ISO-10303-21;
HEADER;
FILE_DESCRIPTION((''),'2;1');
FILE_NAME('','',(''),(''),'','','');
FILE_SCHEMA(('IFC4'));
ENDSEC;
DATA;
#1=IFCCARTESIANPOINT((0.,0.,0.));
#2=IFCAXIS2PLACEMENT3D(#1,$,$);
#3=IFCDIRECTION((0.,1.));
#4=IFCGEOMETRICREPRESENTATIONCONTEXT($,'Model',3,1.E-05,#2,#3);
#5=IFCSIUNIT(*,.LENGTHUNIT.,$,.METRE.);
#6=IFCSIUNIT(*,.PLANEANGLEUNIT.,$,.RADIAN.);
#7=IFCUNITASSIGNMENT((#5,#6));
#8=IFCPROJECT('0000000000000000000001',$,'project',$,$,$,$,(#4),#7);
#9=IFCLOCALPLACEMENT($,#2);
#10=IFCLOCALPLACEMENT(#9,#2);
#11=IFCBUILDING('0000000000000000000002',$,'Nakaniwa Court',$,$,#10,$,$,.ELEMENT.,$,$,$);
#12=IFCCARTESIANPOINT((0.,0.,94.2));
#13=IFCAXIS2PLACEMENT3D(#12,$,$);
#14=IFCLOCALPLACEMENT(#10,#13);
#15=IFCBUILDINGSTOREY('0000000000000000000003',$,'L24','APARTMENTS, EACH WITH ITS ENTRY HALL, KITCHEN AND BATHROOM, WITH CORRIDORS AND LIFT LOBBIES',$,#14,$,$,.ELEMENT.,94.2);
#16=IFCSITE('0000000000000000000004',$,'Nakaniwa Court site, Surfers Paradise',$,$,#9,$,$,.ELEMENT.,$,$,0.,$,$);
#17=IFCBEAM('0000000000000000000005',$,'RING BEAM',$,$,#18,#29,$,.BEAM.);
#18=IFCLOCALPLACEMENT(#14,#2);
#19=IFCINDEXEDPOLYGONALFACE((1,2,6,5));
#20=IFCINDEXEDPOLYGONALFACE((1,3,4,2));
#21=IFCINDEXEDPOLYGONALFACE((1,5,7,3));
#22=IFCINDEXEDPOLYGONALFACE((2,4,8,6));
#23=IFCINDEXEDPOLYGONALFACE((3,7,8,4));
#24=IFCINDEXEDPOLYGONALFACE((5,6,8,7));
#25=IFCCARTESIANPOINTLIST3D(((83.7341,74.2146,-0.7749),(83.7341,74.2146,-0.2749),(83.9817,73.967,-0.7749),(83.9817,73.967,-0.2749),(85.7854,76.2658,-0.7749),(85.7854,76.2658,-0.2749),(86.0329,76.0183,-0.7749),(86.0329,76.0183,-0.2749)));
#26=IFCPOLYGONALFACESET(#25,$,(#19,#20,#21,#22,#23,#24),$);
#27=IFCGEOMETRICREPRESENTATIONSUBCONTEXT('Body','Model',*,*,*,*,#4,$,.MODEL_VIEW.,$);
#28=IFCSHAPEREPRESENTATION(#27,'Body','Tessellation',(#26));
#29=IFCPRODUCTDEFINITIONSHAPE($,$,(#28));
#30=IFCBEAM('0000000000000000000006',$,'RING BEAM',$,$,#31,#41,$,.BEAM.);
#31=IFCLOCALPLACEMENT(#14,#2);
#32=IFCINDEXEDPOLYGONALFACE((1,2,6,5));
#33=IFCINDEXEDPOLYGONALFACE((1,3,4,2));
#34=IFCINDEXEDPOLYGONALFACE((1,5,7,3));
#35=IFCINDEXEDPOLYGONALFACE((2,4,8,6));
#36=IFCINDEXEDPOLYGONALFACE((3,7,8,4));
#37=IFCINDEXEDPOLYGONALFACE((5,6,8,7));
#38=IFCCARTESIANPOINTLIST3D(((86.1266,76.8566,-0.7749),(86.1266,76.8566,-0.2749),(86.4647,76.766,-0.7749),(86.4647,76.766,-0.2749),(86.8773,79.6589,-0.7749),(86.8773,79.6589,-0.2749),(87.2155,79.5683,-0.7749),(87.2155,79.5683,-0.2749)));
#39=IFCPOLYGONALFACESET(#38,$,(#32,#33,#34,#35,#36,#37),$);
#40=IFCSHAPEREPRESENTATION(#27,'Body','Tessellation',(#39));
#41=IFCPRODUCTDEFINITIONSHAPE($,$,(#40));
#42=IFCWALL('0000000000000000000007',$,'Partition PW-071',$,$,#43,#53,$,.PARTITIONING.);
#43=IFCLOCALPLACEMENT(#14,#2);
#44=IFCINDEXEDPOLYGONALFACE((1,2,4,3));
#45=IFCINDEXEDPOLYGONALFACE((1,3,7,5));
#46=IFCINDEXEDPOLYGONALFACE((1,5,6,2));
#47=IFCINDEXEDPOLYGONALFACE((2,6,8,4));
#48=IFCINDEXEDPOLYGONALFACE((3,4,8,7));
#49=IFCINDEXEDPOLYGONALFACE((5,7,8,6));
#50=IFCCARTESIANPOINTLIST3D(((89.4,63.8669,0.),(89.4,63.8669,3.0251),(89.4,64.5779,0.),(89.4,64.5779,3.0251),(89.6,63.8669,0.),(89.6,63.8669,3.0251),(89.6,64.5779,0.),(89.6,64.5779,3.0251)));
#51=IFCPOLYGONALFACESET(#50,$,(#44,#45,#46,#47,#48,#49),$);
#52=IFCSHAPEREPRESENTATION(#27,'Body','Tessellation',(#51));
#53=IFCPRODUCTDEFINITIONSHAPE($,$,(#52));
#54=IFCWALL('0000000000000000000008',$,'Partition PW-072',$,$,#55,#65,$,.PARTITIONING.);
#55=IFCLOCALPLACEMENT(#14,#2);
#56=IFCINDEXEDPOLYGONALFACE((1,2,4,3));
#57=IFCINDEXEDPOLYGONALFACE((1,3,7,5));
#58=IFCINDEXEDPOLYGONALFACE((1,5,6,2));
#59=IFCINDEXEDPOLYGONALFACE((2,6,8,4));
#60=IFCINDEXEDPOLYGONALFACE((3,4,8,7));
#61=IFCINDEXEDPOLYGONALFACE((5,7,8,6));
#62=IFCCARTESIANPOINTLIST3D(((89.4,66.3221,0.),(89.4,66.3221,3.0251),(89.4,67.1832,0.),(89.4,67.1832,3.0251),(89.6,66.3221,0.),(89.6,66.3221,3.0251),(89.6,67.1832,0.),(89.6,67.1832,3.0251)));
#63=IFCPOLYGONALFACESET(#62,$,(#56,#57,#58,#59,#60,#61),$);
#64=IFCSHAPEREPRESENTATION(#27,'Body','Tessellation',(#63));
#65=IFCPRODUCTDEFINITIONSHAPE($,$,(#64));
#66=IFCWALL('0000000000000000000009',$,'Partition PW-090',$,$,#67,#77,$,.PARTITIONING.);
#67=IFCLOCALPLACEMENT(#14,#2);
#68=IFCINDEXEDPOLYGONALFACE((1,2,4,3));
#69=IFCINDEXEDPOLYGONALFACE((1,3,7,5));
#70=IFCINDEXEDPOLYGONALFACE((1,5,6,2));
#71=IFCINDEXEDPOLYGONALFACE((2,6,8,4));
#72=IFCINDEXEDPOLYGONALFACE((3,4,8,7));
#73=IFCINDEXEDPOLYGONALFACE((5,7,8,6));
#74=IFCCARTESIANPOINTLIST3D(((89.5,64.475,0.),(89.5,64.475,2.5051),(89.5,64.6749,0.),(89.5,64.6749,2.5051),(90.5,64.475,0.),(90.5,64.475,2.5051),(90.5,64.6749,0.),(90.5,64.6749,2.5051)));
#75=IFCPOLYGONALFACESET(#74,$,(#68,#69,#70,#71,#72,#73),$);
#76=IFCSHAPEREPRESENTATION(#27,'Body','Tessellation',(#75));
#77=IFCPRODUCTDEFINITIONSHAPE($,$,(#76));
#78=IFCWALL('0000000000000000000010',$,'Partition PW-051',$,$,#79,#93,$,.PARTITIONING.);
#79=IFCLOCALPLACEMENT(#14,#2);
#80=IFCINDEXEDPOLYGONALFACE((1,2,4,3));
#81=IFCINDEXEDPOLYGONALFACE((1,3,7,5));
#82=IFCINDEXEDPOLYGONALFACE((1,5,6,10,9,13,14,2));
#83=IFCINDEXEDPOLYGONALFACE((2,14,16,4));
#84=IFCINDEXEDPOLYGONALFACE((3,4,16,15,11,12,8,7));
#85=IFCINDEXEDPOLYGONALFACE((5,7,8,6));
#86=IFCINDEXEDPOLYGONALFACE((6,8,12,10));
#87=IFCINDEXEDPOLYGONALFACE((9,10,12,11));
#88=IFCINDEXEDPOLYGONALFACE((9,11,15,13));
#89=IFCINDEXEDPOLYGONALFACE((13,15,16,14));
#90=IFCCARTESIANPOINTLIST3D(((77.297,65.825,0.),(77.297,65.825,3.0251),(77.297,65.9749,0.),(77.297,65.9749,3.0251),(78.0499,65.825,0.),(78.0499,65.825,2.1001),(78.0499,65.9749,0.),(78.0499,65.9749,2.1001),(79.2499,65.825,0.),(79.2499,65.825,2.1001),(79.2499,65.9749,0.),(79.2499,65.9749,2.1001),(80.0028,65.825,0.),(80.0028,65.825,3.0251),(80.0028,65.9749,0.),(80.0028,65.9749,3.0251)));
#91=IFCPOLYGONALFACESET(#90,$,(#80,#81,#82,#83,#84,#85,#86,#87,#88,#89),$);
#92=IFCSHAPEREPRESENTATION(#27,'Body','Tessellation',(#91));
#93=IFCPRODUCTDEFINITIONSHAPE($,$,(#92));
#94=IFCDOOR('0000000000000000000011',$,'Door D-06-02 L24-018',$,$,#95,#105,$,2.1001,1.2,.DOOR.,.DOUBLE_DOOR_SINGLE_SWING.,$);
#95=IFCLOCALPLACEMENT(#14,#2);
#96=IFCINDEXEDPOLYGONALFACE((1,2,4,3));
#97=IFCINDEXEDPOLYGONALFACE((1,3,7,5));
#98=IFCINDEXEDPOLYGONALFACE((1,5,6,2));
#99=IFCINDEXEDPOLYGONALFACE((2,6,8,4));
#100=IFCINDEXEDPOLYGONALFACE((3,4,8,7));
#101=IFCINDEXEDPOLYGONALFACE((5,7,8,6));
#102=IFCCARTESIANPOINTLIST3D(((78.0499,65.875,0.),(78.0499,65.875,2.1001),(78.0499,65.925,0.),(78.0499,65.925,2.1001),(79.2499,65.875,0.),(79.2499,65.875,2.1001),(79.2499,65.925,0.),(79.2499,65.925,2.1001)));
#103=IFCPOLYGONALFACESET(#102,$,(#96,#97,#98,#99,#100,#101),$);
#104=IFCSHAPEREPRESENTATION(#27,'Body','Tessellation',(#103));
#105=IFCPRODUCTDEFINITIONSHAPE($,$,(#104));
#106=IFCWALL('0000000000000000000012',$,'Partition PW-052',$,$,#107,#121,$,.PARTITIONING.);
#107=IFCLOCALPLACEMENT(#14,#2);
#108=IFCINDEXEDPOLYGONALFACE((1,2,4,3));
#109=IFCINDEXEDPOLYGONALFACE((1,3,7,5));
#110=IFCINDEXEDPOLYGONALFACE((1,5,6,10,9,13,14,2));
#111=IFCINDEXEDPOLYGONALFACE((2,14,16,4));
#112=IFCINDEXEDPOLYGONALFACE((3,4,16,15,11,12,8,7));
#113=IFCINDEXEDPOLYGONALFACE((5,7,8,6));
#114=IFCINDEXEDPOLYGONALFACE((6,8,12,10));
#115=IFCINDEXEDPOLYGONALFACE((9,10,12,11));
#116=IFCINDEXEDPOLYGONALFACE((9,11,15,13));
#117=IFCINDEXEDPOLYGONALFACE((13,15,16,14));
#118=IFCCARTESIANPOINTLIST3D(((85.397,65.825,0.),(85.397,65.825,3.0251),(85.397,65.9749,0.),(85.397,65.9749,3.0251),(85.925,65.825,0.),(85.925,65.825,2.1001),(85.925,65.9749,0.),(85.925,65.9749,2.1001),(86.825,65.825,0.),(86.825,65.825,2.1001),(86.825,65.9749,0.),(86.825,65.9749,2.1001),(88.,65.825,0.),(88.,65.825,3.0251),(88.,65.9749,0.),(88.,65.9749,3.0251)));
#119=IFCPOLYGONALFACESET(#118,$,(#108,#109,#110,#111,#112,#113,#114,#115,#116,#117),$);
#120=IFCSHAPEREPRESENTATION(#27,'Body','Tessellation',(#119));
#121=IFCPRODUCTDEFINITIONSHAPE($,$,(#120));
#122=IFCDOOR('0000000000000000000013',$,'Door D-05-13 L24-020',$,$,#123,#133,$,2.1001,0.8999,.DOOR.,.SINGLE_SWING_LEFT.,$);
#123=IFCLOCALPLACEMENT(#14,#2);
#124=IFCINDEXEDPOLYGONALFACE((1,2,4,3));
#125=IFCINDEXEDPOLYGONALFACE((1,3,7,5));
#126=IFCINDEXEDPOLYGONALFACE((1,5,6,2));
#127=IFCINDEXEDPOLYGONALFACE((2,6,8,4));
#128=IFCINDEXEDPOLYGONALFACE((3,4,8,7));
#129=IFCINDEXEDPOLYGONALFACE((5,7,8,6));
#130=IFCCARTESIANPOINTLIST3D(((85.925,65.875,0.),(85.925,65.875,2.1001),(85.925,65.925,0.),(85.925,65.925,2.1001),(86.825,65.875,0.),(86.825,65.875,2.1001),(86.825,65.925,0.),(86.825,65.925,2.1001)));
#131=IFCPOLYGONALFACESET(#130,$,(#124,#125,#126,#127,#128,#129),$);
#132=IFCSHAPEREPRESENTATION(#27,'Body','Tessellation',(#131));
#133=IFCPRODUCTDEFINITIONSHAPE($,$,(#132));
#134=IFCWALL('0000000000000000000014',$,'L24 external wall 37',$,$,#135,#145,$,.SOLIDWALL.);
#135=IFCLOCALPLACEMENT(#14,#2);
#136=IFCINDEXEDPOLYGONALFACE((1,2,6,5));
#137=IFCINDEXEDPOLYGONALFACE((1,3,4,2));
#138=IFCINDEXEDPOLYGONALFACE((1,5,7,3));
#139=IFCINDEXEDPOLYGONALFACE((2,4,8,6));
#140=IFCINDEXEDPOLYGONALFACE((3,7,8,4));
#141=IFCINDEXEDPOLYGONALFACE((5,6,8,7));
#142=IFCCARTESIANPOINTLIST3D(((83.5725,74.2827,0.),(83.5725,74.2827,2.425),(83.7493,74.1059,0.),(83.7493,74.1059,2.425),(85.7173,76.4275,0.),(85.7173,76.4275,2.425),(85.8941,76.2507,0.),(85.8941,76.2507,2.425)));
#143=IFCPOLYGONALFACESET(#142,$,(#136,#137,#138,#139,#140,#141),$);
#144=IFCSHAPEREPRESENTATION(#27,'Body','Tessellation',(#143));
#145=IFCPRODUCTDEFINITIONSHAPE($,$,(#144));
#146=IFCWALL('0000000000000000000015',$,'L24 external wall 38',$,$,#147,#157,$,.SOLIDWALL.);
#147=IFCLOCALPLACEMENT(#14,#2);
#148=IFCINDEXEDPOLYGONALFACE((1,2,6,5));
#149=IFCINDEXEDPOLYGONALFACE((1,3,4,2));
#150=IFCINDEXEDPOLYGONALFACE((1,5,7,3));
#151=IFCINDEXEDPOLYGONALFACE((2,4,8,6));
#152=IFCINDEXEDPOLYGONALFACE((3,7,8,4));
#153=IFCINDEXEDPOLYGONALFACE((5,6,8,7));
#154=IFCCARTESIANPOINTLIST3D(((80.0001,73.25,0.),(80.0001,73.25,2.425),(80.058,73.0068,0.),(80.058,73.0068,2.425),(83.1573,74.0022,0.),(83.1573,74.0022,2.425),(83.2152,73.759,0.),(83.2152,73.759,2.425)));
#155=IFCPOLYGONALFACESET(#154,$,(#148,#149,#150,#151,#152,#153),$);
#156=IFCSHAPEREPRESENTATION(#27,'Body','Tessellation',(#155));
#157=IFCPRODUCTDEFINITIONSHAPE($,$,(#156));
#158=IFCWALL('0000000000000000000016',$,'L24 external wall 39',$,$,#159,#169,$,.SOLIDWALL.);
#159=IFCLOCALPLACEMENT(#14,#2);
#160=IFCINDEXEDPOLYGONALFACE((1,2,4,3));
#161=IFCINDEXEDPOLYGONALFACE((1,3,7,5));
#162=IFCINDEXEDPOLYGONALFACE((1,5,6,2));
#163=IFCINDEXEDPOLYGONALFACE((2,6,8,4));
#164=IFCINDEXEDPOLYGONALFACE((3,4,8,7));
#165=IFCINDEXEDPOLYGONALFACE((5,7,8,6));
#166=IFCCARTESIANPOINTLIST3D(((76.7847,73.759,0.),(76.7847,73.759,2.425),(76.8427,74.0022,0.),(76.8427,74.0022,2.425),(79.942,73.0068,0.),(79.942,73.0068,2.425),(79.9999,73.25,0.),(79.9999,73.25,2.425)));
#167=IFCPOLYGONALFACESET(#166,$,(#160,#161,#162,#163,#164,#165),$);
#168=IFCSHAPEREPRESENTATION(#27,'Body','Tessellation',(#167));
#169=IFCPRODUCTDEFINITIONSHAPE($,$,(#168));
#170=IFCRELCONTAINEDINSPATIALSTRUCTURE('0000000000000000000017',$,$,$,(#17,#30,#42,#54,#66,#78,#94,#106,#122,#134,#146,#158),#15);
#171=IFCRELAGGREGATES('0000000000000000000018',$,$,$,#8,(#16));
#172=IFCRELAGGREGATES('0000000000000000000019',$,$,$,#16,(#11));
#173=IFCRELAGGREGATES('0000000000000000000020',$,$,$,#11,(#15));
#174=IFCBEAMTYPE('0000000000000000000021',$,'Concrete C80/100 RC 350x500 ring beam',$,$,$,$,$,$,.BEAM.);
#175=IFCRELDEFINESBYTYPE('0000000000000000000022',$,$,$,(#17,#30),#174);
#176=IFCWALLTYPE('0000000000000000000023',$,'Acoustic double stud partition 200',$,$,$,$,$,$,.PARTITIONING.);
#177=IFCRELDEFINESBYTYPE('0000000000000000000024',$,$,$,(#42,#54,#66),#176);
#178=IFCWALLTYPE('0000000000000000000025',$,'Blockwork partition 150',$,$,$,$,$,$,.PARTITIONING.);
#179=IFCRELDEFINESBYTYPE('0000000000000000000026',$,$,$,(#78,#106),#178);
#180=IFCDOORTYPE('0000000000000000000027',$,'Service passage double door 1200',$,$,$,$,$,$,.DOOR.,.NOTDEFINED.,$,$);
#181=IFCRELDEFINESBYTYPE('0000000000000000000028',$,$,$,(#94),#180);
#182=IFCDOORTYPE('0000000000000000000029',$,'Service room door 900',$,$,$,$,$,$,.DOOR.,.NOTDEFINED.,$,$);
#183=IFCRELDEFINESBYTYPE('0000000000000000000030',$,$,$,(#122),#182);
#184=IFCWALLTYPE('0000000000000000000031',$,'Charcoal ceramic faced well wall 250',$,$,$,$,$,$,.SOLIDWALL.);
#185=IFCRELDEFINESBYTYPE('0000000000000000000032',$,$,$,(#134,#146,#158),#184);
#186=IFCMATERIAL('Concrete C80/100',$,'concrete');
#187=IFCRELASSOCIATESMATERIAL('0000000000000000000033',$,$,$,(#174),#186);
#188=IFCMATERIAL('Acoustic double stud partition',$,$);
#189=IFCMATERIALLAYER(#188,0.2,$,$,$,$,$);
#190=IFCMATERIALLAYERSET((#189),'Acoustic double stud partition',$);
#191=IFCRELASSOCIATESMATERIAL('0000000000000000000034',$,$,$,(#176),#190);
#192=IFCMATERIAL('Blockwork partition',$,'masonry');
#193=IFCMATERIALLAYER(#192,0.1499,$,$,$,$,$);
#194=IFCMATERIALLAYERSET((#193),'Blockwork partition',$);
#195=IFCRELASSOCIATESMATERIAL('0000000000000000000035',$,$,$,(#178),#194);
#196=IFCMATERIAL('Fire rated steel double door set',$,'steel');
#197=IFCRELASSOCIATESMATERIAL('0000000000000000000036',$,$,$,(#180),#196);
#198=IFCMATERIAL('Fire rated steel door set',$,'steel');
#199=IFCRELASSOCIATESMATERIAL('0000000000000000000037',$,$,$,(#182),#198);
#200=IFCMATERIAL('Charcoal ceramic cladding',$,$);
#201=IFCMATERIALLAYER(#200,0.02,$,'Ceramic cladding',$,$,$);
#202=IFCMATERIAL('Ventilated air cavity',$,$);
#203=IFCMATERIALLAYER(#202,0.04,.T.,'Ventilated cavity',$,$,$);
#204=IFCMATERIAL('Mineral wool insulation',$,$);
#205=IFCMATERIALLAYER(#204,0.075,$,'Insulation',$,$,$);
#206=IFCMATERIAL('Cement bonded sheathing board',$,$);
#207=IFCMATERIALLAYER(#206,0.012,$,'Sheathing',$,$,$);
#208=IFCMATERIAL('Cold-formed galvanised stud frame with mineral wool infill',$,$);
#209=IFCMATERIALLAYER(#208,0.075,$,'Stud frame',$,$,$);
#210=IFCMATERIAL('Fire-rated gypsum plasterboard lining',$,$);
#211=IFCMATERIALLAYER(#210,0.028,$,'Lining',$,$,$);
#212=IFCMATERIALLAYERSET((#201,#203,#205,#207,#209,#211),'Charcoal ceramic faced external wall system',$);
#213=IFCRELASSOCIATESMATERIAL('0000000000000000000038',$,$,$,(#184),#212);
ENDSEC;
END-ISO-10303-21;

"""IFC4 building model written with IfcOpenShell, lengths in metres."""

from ifc_helpers import new_model, si_unit, direction, frame, frame_2d, origin, origin_2d, place, context, subcontext, project, spatial, rectangle, extrude, material, layer, layer_set, material_profile, profile_set, type_object, element, fill, save


model = new_model("IFC4")

# Units and contexts
model_context = context("Model", 3, precision=1e-05, world=origin(), true_north=direction((0.0, 1.0)))
body_context = subcontext(model_context, "Body", "Model", "MODEL_VIEW")
ifc_project = project(units=[si_unit("LENGTHUNIT", "METRE"), si_unit("PLANEANGLEUNIT", "RADIAN")], contexts=[model_context])

# Site, building, storey
site_placement = place(None, origin())
site = spatial("IfcSite", under=ifc_project, at=site_placement, Name="Nakaniwa Court site, Surfers Paradise", CompositionType="ELEMENT", RefElevation=0.0)
building_placement = place(site_placement, origin())
building = spatial("IfcBuilding", under=site, at=building_placement, Name="Nakaniwa Court", CompositionType="ELEMENT")
storey_placement = place(building_placement, frame((0.0, 0.0, 94.2)))
storey = spatial("IfcBuildingStorey", under=building, at=storey_placement, Name="L24", Description="APARTMENTS, EACH WITH ITS ENTRY HALL, KITCHEN AND BATHROOM, WITH CORRIDORS AND LIFT LOBBIES", CompositionType="ELEMENT", Elevation=94.2)

# Shared definitions
ifc_material_1 = material(Name="Concrete C80/100", Category="concrete")

# Beams
ifc_material_profile_1 = material_profile(ifc_material_1, rectangle(XDim=0.3501, YDim=0.5, at=origin_2d()), Name="Concrete C80/100 RC 350x500 ring beam")
ifc_profile_set_1 = profile_set([ifc_material_profile_1], Name="Concrete C80/100")
beam_type = type_object("IfcBeamType", Name="Concrete C80/100 RC 350x500 ring beam", PredefinedType="BEAM", material=ifc_profile_set_1)
beam_1_placement = place(storey_placement, frame((83.8579, 74.0908, -0.5249), z_axis=(0.707107, 0.707107, 0.0), x_axis=(-0.707107, 0.707107, 0.0)))
element("IfcBeam", 1, at=beam_1_placement, inside=storey, type_object=beam_type, Name="RING BEAM", PredefinedType="BEAM", context=body_context, shape_type="SweptSolid", body=[
    extrude(rectangle(XDim=0.3501, YDim=0.5, at=origin_2d()), origin(), (0.0, 0.0, 1.0), 2.9009),
])
beam_2_placement = place(storey_placement, frame((86.2957, 76.8113, -0.5249), z_axis=(0.258778, 0.965937, 0.0), x_axis=(-0.965937, 0.258778, 0.0)))
element("IfcBeam", 2, at=beam_2_placement, inside=storey, type_object=beam_type, Name="RING BEAM", PredefinedType="BEAM", context=body_context, shape_type="SweptSolid", body=[
    extrude(rectangle(XDim=0.3501, YDim=0.5, at=origin_2d()), origin(), (0.0, 0.0, 1.0), 2.9011),
])

# Walls
ifc_material_2 = material(Name="Acoustic double stud partition")
ifc_layer_1 = layer(ifc_material_2, 0.2)
ifc_layer_set_1 = layer_set([ifc_layer_1], Name="Acoustic double stud partition")
wall_type_1 = type_object("IfcWallType", Name="Acoustic double stud partition 200", PredefinedType="PARTITIONING", material=ifc_layer_set_1)
wall_1_placement = place(storey_placement, frame((89.5, 63.8669, 0.0), z_axis=(0.0, 0.0, 1.0), x_axis=(0.0, 1.0, 0.0)))
element("IfcWall", 3, at=wall_1_placement, inside=storey, type_object=wall_type_1, Name="Partition PW-071", PredefinedType="PARTITIONING", context=body_context, shape_type="SweptSolid", body=[
    extrude(rectangle(XDim=0.7109, YDim=0.2, at=frame_2d((0.3555, 0.0))), origin(), (0.0, 0.0, 1.0), 3.0251),
])
wall_2_placement = place(storey_placement, frame((89.5, 66.322, 0.0), z_axis=(0.0, 0.0, 1.0), x_axis=(0.0, 1.0, 0.0)))
element("IfcWall", 4, at=wall_2_placement, inside=storey, type_object=wall_type_1, Name="Partition PW-072", PredefinedType="PARTITIONING", context=body_context, shape_type="SweptSolid", body=[
    extrude(rectangle(XDim=0.8611, YDim=0.2, at=frame_2d((0.4307, 0.0))), origin(), (0.0, 0.0, 1.0), 3.0251),
])
wall_3_placement = place(storey_placement, frame((89.5, 64.575, 0.0), z_axis=(0.0, 0.0, 1.0), x_axis=(1.0, 0.0, 0.0)))
element("IfcWall", 5, at=wall_3_placement, inside=storey, type_object=wall_type_1, Name="Partition PW-090", PredefinedType="PARTITIONING", context=body_context, shape_type="SweptSolid", body=[
    extrude(rectangle(XDim=1.0, YDim=0.2, at=frame_2d((0.5, 0.0))), origin(), (0.0, 0.0, 1.0), 2.5051),
])

# Walls, openings, doors
ifc_material_3 = material(Name="Blockwork partition", Category="masonry")
ifc_layer_2 = layer(ifc_material_3, 0.1499)
ifc_layer_set_2 = layer_set([ifc_layer_2], Name="Blockwork partition")
wall_type_2 = type_object("IfcWallType", Name="Blockwork partition 150", PredefinedType="PARTITIONING", material=ifc_layer_set_2)
wall_4_placement = place(storey_placement, frame((80.0029, 65.8999, 0.0), z_axis=(0.0, 0.0, 1.0), x_axis=(-1.0, 0.0, 0.0)))
wall_4 = element("IfcWall", 6, at=wall_4_placement, inside=storey, type_object=wall_type_2, Name="Partition PW-051", PredefinedType="PARTITIONING", context=body_context, shape_type="SweptSolid", body=[
    extrude(rectangle(XDim=2.7058, YDim=0.1499, at=frame_2d((1.353, 0.0))), origin(), (0.0, 0.0, 1.0), 3.0251),
])
opening_1_placement = place(wall_4_placement, frame((0.7529, 0.0, 0.0)))
opening_1 = element("IfcOpeningElement", 7, at=opening_1_placement, cuts=wall_4, PredefinedType="OPENING", context=body_context, shape_type="SweptSolid", body=[
    extrude(rectangle(XDim=1.2, YDim=2.1001, at=frame_2d((0.6001, 1.05))), frame((0.0, 0.085, 0.0), z_axis=(0.0, -1.0, 0.0), x_axis=(1.0, 0.0, 0.0)), (0.0, 0.0, 1.0), 0.1699),
])
ifc_material_4 = material(Name="Fire rated steel double door set", Category="steel")
door_type_1 = type_object("IfcDoorType", Name="Service passage double door 1200", OperationType="NOTDEFINED", PredefinedType="DOOR", material=ifc_material_4)
door_1_placement = place(opening_1_placement, origin())
door_1 = element("IfcDoor", 8, at=door_1_placement, inside=storey, type_object=door_type_1, Name="Door D-06-02 L24-018", OperationType="DOUBLE_DOOR_SINGLE_SWING", OverallHeight=2.1001, OverallWidth=1.2, PredefinedType="DOOR", context=body_context, shape_type="SweptSolid", body=[
    extrude(rectangle(XDim=1.2, YDim=2.1001, at=frame_2d((0.6001, 1.05))), frame((0.0, 0.0249, 0.0), z_axis=(0.0, -1.0, 0.0), x_axis=(1.0, 0.0, 0.0)), (0.0, 0.0, 1.0), 0.05),
])
fill(opening_1, door_1)
wall_5_placement = place(storey_placement, frame((88.0, 65.8999, 0.0), z_axis=(0.0, 0.0, 1.0), x_axis=(-1.0, 0.0, 0.0)))
wall_5 = element("IfcWall", 9, at=wall_5_placement, inside=storey, type_object=wall_type_2, Name="Partition PW-052", PredefinedType="PARTITIONING", context=body_context, shape_type="SweptSolid", body=[
    extrude(rectangle(XDim=2.603, YDim=0.1499, at=frame_2d((1.3015, 0.0))), origin(), (0.0, 0.0, 1.0), 3.0251),
])
opening_2_placement = place(wall_5_placement, frame((1.175, 0.0, 0.0)))
opening_2 = element("IfcOpeningElement", 10, at=opening_2_placement, cuts=wall_5, PredefinedType="OPENING", context=body_context, shape_type="SweptSolid", body=[
    extrude(rectangle(XDim=0.8999, YDim=2.1001, at=frame_2d((0.45, 1.05))), frame((0.0, 0.085, 0.0), z_axis=(0.0, -1.0, 0.0), x_axis=(1.0, 0.0, 0.0)), (0.0, 0.0, 1.0), 0.1699),
])
ifc_material_5 = material(Name="Fire rated steel door set", Category="steel")
door_type_2 = type_object("IfcDoorType", Name="Service room door 900", OperationType="NOTDEFINED", PredefinedType="DOOR", material=ifc_material_5)
door_2_placement = place(opening_2_placement, origin())
door_2 = element("IfcDoor", 11, at=door_2_placement, inside=storey, type_object=door_type_2, Name="Door D-05-13 L24-020", OperationType="SINGLE_SWING_LEFT", OverallHeight=2.1001, OverallWidth=0.8999, PredefinedType="DOOR", context=body_context, shape_type="SweptSolid", body=[
    extrude(rectangle(XDim=0.8999, YDim=2.1001, at=frame_2d((0.45, 1.05))), frame((0.0, 0.0249, 0.0), z_axis=(0.0, -1.0, 0.0), x_axis=(1.0, 0.0, 0.0)), (0.0, 0.0, 1.0), 0.05),
])
fill(opening_2, door_2)

# Walls
ifc_material_6 = material(Name="Charcoal ceramic cladding")
ifc_layer_3 = layer(ifc_material_6, 0.02, Name="Ceramic cladding")
ifc_material_7 = material(Name="Ventilated air cavity")
ifc_layer_4 = layer(ifc_material_7, 0.04, ventilated=True, Name="Ventilated cavity")
ifc_material_8 = material(Name="Mineral wool insulation")
ifc_layer_5 = layer(ifc_material_8, 0.075, Name="Insulation")
ifc_material_9 = material(Name="Cement bonded sheathing board")
ifc_layer_6 = layer(ifc_material_9, 0.012, Name="Sheathing")
ifc_material_10 = material(Name="Cold-formed galvanised stud frame with mineral wool infill")
ifc_layer_7 = layer(ifc_material_10, 0.075, Name="Stud frame")
ifc_material_11 = material(Name="Fire-rated gypsum plasterboard lining")
ifc_layer_8 = layer(ifc_material_11, 0.028, Name="Lining")
ifc_layer_set_3 = layer_set([ifc_layer_3, ifc_layer_4, ifc_layer_5, ifc_layer_6, ifc_layer_7, ifc_layer_8], Name="Charcoal ceramic faced external wall system")
wall_type_3 = type_object("IfcWallType", Name="Charcoal ceramic faced well wall 250", PredefinedType="SOLIDWALL", material=ifc_layer_set_3)
wall_6_placement = place(storey_placement, frame((85.8057, 76.3391, 0.0), z_axis=(0.0, 0.0, 1.0), x_axis=(-0.707107, -0.707107, 0.0)))
element("IfcWall", 12, at=wall_6_placement, inside=storey, type_object=wall_type_3, Name="L24 external wall 37", PredefinedType="SOLIDWALL", context=body_context, shape_type="SweptSolid", body=[
    extrude(rectangle(XDim=3.0332, YDim=0.25, at=frame_2d((1.5166, 0.0))), origin(), (0.0, 0.0, 1.0), 2.425),
])
for number, where, z_axis, x_axis, name in (
    (13, (83.1863, 73.8806, 0.0), (0.0, 0.0, 1.0), (-0.972773, -0.23176, 0.0), "L24 external wall 38"),
    (14, (79.9709, 73.1284, 0.0), (0.0, 0.0, 1.0), (-0.972773, 0.23176, 0.0), "L24 external wall 39"),
):
    element("IfcWall", number, at=place(storey_placement, frame(where, z_axis=z_axis, x_axis=x_axis)), inside=storey, type_object=wall_type_3, Name=name, PredefinedType="SOLIDWALL", context=body_context, shape_type="SweptSolid", body=[
        extrude(rectangle(XDim=3.2456, YDim=0.25, at=frame_2d((1.6228, 0.0))), origin(), (0.0, 0.0, 1.0), 2.425),
    ])

save(model, "model.ifc")
